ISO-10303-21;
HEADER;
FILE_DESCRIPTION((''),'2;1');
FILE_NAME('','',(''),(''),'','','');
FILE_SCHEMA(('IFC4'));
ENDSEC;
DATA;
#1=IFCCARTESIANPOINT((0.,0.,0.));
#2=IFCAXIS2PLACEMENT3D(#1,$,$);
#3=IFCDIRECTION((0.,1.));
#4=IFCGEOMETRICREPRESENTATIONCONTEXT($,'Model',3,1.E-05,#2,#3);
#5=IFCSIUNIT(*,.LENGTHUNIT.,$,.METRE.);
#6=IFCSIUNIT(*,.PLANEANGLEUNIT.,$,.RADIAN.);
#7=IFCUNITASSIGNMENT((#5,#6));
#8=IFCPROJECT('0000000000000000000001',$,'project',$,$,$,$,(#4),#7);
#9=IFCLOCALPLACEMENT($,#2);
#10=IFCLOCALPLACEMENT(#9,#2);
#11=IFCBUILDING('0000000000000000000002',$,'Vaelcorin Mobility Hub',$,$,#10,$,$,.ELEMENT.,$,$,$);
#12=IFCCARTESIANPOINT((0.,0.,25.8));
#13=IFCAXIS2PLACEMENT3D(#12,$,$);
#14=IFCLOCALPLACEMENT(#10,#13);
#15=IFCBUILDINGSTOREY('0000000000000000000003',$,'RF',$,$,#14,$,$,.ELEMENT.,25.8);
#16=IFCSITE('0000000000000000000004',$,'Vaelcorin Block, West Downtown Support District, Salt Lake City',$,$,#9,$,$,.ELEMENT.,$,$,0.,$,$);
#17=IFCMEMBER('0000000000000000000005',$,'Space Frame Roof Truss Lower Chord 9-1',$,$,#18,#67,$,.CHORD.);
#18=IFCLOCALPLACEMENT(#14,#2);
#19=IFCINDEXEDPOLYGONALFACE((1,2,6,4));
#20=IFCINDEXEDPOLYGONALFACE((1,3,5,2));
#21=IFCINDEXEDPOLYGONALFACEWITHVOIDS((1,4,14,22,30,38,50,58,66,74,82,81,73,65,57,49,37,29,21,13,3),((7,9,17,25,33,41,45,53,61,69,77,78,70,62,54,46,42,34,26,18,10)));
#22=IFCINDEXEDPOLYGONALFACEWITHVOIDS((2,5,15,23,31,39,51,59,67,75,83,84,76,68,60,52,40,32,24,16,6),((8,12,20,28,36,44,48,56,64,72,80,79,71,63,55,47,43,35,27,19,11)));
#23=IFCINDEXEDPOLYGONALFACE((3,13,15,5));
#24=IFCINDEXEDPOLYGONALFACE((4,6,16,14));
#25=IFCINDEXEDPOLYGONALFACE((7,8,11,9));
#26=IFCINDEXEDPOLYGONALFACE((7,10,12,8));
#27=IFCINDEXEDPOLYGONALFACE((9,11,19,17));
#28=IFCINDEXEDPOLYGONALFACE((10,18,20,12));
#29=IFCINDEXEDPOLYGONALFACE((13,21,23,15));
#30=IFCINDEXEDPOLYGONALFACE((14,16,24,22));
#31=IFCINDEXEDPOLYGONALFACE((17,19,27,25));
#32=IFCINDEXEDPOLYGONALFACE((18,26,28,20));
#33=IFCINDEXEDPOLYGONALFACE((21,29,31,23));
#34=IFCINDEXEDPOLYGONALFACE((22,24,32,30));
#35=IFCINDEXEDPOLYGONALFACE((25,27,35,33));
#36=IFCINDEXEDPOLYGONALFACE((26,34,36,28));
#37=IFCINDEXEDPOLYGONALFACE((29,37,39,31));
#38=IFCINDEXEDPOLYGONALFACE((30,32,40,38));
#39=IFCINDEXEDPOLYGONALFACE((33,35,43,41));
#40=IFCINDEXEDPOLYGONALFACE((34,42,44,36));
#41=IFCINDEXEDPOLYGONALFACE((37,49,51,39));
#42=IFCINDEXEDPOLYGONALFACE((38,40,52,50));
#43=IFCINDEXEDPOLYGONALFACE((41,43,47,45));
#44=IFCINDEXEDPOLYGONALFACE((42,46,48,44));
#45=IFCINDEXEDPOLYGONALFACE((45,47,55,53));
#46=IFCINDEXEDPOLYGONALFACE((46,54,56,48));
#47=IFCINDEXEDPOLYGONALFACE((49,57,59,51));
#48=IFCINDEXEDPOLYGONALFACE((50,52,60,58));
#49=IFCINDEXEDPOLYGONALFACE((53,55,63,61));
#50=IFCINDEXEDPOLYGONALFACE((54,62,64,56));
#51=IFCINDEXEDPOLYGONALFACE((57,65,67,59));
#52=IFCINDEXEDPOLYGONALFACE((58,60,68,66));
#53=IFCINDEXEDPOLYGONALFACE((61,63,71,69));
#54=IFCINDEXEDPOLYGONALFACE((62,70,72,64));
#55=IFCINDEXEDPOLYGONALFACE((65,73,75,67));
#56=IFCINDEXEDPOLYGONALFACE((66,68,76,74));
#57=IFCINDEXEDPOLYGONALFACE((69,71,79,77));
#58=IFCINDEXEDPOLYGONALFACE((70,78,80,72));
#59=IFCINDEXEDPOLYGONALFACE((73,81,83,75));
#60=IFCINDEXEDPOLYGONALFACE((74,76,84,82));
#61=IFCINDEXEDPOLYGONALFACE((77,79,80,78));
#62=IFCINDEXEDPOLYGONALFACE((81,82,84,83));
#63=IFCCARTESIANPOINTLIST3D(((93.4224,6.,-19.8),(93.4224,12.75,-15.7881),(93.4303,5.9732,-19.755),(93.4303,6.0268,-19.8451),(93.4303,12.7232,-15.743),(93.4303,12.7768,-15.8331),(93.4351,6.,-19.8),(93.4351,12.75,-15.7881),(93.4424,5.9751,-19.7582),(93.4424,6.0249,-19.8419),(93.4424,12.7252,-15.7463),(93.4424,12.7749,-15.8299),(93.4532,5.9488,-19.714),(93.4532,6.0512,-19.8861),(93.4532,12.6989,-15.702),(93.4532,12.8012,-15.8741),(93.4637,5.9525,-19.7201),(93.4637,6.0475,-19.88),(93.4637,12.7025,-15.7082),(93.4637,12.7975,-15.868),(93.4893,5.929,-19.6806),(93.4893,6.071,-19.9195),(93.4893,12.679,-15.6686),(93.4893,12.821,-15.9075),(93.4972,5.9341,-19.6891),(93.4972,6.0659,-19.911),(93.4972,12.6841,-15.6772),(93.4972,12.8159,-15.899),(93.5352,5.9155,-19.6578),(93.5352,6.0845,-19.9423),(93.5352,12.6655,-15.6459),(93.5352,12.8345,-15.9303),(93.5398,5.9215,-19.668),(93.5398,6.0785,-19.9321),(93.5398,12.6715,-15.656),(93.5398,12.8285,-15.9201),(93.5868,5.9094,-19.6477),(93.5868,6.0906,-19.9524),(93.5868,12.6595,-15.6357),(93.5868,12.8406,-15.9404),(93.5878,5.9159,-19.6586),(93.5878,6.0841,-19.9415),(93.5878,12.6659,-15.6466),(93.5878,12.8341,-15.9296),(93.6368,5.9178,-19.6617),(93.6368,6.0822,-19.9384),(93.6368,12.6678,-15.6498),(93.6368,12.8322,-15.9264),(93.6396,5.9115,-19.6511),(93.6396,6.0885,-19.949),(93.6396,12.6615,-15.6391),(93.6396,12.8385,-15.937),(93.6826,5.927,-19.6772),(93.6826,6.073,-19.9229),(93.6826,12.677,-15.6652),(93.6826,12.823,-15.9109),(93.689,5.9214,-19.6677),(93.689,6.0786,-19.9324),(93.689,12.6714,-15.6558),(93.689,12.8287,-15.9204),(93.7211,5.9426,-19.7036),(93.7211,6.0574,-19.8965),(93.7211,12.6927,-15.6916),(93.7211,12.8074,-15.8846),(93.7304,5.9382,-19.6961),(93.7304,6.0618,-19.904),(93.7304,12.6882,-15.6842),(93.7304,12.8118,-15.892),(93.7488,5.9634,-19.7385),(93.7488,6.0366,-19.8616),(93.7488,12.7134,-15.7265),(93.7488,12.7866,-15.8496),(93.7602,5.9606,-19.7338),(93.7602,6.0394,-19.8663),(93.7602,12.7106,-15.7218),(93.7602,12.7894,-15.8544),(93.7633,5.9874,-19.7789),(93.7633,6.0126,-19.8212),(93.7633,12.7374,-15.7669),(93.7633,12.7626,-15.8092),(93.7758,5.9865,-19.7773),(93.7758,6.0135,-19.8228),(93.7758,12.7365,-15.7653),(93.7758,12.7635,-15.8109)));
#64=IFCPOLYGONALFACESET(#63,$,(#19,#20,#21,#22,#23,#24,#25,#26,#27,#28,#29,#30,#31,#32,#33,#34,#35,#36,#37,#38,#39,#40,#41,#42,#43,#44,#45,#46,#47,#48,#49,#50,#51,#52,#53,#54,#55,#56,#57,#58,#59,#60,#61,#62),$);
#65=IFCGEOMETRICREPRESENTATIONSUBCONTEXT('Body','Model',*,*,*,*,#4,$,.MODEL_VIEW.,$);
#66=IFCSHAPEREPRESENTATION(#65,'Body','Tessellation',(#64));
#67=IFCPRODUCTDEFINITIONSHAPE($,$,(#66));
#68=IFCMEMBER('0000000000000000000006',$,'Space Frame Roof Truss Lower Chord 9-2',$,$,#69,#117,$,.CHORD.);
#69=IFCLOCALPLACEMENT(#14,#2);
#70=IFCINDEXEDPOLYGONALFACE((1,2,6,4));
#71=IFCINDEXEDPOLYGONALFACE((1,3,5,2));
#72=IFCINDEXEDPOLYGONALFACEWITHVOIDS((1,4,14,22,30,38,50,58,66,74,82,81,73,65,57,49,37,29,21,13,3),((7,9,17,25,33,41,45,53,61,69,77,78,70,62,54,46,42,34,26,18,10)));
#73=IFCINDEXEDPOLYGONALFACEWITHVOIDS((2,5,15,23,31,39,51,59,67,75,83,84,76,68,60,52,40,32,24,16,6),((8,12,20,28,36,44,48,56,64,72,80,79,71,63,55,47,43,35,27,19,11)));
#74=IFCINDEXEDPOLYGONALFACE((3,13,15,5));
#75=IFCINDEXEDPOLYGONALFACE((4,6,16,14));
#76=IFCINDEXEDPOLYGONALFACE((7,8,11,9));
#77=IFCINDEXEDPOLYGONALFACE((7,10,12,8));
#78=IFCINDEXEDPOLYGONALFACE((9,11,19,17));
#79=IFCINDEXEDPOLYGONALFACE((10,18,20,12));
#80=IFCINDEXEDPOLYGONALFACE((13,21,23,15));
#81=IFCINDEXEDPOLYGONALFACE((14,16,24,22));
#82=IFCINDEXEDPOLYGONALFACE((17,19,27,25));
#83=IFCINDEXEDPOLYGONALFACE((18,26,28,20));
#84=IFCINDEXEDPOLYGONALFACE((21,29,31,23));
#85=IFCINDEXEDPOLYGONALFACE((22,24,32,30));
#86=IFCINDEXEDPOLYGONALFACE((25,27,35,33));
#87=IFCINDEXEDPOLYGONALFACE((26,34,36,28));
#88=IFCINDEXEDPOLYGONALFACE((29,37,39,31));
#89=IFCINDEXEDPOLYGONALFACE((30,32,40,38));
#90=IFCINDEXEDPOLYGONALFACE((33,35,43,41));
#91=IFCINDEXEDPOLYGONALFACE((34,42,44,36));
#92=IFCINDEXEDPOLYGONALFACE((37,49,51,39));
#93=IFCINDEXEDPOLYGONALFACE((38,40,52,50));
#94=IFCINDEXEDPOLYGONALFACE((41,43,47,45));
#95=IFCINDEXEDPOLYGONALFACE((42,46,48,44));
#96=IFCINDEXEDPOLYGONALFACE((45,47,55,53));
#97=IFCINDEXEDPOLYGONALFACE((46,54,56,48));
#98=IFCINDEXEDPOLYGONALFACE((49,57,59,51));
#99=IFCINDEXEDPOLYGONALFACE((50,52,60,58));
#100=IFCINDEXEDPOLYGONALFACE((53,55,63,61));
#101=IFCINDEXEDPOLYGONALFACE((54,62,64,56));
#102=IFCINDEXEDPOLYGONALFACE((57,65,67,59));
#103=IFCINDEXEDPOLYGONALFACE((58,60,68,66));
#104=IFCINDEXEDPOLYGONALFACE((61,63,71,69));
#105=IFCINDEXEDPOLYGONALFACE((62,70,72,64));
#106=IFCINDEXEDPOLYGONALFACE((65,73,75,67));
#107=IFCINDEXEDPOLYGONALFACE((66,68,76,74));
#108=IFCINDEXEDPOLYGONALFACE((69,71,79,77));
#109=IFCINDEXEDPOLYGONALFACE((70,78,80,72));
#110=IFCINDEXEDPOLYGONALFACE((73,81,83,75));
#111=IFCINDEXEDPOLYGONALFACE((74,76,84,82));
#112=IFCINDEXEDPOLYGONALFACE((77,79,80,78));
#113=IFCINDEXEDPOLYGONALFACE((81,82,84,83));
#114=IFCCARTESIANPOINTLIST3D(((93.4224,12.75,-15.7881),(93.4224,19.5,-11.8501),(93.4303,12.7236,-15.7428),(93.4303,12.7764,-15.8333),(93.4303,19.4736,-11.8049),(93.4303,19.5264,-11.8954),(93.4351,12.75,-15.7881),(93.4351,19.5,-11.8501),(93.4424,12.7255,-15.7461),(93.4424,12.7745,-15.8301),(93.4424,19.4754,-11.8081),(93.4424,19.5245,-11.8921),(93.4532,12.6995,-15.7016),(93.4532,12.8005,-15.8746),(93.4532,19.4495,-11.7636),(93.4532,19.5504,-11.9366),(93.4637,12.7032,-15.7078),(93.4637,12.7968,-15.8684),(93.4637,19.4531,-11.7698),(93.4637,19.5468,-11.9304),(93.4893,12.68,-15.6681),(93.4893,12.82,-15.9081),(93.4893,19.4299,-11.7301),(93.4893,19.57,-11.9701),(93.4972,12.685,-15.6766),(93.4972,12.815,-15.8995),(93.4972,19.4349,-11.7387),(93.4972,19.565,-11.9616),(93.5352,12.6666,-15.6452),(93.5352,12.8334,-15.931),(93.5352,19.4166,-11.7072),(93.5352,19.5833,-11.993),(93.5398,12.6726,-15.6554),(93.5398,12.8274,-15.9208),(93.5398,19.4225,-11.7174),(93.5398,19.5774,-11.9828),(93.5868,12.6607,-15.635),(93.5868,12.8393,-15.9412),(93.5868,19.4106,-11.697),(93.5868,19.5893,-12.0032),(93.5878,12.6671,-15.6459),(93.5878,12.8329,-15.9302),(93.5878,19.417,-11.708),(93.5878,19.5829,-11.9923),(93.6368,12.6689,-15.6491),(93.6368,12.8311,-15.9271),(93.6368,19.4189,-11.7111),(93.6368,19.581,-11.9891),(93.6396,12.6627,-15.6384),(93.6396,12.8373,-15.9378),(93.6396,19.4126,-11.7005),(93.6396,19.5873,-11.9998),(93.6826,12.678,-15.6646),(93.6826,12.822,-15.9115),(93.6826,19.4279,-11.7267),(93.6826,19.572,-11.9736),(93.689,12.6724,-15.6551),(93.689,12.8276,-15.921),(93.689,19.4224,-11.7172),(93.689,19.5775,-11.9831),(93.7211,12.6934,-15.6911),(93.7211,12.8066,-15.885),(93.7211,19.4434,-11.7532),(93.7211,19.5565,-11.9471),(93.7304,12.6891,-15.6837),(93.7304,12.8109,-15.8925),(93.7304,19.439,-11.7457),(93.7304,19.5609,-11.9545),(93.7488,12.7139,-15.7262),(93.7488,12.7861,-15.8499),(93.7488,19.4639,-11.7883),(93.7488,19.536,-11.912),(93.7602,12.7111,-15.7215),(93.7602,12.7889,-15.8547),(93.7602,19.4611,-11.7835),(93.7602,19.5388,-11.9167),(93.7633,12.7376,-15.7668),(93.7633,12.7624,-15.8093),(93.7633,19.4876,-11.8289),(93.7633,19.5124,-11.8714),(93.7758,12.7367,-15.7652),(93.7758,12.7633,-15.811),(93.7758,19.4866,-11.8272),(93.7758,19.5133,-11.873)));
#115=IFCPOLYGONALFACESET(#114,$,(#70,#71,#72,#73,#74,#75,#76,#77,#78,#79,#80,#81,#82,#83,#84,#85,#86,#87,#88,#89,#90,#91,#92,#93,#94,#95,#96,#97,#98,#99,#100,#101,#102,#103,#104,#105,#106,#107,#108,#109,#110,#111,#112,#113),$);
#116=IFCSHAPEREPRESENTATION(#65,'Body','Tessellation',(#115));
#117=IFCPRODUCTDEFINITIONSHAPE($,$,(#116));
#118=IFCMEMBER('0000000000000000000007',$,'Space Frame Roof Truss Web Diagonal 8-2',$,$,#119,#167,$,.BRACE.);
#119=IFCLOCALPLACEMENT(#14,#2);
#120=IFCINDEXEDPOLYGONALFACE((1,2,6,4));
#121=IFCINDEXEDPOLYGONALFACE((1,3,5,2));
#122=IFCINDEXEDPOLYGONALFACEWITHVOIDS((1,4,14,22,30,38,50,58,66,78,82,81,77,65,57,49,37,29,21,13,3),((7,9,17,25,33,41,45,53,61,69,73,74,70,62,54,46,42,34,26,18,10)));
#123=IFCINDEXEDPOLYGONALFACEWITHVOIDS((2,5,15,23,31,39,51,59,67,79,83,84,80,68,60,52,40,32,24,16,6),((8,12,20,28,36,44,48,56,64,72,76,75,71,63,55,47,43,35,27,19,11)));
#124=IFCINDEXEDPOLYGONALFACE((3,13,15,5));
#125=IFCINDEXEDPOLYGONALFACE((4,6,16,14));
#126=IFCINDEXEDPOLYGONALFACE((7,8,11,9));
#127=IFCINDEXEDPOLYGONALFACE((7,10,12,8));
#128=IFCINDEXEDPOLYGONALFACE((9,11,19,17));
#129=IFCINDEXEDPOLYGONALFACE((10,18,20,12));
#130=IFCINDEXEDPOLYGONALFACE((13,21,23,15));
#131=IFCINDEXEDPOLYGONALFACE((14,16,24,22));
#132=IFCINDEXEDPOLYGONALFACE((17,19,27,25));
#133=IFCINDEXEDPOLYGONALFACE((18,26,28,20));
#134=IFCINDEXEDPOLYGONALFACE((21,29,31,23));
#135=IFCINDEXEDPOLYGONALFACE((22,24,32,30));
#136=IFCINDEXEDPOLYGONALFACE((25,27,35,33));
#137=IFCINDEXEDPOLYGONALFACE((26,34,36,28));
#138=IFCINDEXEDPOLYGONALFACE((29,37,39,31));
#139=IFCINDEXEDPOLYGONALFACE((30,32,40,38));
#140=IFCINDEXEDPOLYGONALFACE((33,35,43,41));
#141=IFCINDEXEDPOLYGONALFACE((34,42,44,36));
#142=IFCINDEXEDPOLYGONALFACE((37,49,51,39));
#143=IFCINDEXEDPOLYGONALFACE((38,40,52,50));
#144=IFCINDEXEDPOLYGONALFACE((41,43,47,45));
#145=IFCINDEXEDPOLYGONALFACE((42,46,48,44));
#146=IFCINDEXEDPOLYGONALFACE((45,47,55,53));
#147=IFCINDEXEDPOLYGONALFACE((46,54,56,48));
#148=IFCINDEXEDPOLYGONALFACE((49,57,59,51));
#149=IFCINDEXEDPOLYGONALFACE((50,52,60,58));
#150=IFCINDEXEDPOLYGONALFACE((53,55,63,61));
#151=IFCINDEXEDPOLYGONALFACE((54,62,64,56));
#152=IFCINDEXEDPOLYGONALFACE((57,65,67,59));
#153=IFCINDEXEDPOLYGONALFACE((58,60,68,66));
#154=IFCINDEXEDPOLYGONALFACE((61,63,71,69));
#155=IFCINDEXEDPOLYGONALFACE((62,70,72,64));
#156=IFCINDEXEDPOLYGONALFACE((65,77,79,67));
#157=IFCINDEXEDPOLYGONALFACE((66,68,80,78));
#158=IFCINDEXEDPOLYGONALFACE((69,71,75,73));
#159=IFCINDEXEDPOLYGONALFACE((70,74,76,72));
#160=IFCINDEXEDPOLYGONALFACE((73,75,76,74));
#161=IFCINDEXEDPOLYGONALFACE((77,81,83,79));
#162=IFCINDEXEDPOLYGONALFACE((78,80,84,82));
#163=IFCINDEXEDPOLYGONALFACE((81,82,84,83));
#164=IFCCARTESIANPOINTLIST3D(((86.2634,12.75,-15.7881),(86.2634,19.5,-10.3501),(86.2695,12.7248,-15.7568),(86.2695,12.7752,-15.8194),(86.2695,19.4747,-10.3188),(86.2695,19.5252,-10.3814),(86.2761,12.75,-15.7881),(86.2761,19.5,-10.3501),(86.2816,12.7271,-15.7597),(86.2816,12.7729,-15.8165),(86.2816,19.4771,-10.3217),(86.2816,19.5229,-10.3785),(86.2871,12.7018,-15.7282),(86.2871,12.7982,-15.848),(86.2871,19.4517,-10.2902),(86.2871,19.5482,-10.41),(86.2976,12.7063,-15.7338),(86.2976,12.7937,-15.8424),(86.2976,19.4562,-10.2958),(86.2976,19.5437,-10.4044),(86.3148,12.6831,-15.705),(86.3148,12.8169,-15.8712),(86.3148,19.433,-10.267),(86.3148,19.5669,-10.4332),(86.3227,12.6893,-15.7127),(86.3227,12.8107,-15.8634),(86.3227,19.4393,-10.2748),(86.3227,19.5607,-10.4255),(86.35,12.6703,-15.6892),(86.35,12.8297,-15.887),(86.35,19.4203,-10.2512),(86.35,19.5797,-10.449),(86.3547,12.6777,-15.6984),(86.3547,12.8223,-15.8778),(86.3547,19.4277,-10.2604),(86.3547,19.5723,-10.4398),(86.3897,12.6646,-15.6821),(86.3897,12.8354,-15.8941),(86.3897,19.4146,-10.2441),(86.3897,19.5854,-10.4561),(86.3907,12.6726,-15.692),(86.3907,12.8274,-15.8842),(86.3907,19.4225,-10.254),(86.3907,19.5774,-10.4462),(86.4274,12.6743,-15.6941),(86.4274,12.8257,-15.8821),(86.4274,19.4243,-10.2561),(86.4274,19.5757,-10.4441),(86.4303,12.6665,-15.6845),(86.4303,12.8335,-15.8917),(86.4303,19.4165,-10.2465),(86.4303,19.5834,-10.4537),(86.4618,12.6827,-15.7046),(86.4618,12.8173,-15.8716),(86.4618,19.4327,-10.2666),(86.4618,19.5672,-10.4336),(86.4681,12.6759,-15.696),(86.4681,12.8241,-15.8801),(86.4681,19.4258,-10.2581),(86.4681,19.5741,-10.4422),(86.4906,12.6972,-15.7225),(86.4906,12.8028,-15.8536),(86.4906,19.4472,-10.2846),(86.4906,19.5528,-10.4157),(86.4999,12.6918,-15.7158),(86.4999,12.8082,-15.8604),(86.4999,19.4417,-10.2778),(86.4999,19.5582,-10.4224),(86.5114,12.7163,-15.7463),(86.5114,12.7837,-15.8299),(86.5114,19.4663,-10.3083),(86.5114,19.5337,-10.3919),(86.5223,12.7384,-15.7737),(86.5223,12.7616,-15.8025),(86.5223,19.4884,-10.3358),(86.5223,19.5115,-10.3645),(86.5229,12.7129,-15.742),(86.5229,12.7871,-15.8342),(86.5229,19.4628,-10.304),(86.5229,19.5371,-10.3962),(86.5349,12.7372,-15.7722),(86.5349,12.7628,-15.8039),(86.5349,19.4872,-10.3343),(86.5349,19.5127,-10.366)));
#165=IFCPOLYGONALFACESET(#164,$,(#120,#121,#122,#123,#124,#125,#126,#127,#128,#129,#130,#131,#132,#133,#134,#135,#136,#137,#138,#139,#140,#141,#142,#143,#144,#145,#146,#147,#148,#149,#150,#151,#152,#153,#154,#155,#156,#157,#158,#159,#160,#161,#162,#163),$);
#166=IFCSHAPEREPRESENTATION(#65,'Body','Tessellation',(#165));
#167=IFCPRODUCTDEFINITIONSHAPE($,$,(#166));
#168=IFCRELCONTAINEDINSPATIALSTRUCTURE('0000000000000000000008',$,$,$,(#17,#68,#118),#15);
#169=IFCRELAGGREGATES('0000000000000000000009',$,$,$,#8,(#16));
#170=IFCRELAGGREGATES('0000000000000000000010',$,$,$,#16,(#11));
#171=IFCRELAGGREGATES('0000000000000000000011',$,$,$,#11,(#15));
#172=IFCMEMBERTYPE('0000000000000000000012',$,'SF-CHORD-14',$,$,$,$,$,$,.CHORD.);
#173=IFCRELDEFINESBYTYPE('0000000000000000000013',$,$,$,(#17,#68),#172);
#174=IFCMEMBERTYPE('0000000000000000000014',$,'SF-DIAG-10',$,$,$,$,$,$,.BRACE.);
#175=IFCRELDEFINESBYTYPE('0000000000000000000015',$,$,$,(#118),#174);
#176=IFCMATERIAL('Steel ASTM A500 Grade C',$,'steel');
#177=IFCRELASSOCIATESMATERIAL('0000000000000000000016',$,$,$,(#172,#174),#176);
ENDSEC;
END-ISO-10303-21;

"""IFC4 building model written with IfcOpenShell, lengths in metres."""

from ifc_helpers import new_model, si_unit, direction, frame, origin, origin_2d, place, context, subcontext, project, spatial, hollow_circle, extrude, material, material_profile, profile_set, type_object, element, save


model = new_model("IFC4")

# Units and contexts
model_context = context("Model", 3, precision=1e-05, world=origin(), true_north=direction((0.0, 1.0)))
body_context = subcontext(model_context, "Body", "Model", "MODEL_VIEW")
ifc_project = project(units=[si_unit("LENGTHUNIT", "METRE"), si_unit("PLANEANGLEUNIT", "RADIAN")], contexts=[model_context])

# Site, building, storey
site_placement = place(None, origin())
site = spatial("IfcSite", under=ifc_project, at=site_placement, Name="Vaelcorin Block, West Downtown Support District, Salt Lake City", CompositionType="ELEMENT", RefElevation=0.0)
building_placement = place(site_placement, origin())
building = spatial("IfcBuilding", under=site, at=building_placement, Name="Vaelcorin Mobility Hub", CompositionType="ELEMENT")
storey_placement = place(building_placement, frame((0.0, 0.0, 25.8)))
storey = spatial("IfcBuildingStorey", under=building, at=storey_placement, Name="RF", CompositionType="ELEMENT", Elevation=25.8)

# Members
ifc_material_1 = material(Name="Steel ASTM A500 Grade C", Category="steel")
ifc_material_profile_1 = material_profile(ifc_material_1, hollow_circle(Radius=0.1777, WallThickness=0.0127, at=origin_2d()), Name="HSS14.000X0.500")
ifc_profile_set_1 = profile_set([ifc_material_profile_1], Name="Steel ASTM A500 Grade C")
member_type_1 = type_object("IfcMemberType", Name="SF-CHORD-14", PredefinedType="CHORD", material=ifc_profile_set_1)
member_1_placement = place(storey_placement, frame((93.6001, 6.0, -19.8), z_axis=(0.0, 0.859623, 0.510929), x_axis=(-1.0, 0.0, 0.0)))
element("IfcMember", 1, at=member_1_placement, inside=storey, type_object=member_type_1, Name="Space Frame Roof Truss Lower Chord 9-1", PredefinedType="CHORD", context=body_context, shape_type="SweptSolid", body=[
    extrude(hollow_circle(Radius=0.1777, WallThickness=0.0127, at=origin_2d()), origin(), (0.0, 0.0, 1.0), 7.8523),
])
member_2_placement = place(storey_placement, frame((93.6001, 12.75, -15.7881), z_axis=(0.0, 0.863752, 0.503918), x_axis=(-1.0, 0.0, 0.0)))
element("IfcMember", 2, at=member_2_placement, inside=storey, type_object=member_type_1, Name="Space Frame Roof Truss Lower Chord 9-2", PredefinedType="CHORD", context=body_context, shape_type="SweptSolid", body=[
    extrude(hollow_circle(Radius=0.1777, WallThickness=0.0127, at=origin_2d()), origin(), (0.0, 0.0, 1.0), 7.8147),
])
ifc_material_profile_2 = material_profile(ifc_material_1, hollow_circle(Radius=0.1365, WallThickness=0.0127, at=origin_2d()), Name="HSS10.750X0.500")
ifc_profile_set_2 = profile_set([ifc_material_profile_2], Name="Steel ASTM A500 Grade C")
member_type_2 = type_object("IfcMemberType", Name="SF-DIAG-10", PredefinedType="BRACE", material=ifc_profile_set_2)
member_3_placement = place(storey_placement, frame((86.3999, 12.75, -15.7881), z_axis=(0.0, 0.778726, 0.627364), x_axis=(-1.0, 0.0, 0.0)))
element("IfcMember", 3, at=member_3_placement, inside=storey, type_object=member_type_2, Name="Space Frame Roof Truss Web Diagonal 8-2", PredefinedType="BRACE", context=body_context, shape_type="SweptSolid", body=[
    extrude(hollow_circle(Radius=0.1365, WallThickness=0.0127, at=origin_2d()), origin(), (0.0, 0.0, 1.0), 8.668),
])

save(model, "model.ifc")
